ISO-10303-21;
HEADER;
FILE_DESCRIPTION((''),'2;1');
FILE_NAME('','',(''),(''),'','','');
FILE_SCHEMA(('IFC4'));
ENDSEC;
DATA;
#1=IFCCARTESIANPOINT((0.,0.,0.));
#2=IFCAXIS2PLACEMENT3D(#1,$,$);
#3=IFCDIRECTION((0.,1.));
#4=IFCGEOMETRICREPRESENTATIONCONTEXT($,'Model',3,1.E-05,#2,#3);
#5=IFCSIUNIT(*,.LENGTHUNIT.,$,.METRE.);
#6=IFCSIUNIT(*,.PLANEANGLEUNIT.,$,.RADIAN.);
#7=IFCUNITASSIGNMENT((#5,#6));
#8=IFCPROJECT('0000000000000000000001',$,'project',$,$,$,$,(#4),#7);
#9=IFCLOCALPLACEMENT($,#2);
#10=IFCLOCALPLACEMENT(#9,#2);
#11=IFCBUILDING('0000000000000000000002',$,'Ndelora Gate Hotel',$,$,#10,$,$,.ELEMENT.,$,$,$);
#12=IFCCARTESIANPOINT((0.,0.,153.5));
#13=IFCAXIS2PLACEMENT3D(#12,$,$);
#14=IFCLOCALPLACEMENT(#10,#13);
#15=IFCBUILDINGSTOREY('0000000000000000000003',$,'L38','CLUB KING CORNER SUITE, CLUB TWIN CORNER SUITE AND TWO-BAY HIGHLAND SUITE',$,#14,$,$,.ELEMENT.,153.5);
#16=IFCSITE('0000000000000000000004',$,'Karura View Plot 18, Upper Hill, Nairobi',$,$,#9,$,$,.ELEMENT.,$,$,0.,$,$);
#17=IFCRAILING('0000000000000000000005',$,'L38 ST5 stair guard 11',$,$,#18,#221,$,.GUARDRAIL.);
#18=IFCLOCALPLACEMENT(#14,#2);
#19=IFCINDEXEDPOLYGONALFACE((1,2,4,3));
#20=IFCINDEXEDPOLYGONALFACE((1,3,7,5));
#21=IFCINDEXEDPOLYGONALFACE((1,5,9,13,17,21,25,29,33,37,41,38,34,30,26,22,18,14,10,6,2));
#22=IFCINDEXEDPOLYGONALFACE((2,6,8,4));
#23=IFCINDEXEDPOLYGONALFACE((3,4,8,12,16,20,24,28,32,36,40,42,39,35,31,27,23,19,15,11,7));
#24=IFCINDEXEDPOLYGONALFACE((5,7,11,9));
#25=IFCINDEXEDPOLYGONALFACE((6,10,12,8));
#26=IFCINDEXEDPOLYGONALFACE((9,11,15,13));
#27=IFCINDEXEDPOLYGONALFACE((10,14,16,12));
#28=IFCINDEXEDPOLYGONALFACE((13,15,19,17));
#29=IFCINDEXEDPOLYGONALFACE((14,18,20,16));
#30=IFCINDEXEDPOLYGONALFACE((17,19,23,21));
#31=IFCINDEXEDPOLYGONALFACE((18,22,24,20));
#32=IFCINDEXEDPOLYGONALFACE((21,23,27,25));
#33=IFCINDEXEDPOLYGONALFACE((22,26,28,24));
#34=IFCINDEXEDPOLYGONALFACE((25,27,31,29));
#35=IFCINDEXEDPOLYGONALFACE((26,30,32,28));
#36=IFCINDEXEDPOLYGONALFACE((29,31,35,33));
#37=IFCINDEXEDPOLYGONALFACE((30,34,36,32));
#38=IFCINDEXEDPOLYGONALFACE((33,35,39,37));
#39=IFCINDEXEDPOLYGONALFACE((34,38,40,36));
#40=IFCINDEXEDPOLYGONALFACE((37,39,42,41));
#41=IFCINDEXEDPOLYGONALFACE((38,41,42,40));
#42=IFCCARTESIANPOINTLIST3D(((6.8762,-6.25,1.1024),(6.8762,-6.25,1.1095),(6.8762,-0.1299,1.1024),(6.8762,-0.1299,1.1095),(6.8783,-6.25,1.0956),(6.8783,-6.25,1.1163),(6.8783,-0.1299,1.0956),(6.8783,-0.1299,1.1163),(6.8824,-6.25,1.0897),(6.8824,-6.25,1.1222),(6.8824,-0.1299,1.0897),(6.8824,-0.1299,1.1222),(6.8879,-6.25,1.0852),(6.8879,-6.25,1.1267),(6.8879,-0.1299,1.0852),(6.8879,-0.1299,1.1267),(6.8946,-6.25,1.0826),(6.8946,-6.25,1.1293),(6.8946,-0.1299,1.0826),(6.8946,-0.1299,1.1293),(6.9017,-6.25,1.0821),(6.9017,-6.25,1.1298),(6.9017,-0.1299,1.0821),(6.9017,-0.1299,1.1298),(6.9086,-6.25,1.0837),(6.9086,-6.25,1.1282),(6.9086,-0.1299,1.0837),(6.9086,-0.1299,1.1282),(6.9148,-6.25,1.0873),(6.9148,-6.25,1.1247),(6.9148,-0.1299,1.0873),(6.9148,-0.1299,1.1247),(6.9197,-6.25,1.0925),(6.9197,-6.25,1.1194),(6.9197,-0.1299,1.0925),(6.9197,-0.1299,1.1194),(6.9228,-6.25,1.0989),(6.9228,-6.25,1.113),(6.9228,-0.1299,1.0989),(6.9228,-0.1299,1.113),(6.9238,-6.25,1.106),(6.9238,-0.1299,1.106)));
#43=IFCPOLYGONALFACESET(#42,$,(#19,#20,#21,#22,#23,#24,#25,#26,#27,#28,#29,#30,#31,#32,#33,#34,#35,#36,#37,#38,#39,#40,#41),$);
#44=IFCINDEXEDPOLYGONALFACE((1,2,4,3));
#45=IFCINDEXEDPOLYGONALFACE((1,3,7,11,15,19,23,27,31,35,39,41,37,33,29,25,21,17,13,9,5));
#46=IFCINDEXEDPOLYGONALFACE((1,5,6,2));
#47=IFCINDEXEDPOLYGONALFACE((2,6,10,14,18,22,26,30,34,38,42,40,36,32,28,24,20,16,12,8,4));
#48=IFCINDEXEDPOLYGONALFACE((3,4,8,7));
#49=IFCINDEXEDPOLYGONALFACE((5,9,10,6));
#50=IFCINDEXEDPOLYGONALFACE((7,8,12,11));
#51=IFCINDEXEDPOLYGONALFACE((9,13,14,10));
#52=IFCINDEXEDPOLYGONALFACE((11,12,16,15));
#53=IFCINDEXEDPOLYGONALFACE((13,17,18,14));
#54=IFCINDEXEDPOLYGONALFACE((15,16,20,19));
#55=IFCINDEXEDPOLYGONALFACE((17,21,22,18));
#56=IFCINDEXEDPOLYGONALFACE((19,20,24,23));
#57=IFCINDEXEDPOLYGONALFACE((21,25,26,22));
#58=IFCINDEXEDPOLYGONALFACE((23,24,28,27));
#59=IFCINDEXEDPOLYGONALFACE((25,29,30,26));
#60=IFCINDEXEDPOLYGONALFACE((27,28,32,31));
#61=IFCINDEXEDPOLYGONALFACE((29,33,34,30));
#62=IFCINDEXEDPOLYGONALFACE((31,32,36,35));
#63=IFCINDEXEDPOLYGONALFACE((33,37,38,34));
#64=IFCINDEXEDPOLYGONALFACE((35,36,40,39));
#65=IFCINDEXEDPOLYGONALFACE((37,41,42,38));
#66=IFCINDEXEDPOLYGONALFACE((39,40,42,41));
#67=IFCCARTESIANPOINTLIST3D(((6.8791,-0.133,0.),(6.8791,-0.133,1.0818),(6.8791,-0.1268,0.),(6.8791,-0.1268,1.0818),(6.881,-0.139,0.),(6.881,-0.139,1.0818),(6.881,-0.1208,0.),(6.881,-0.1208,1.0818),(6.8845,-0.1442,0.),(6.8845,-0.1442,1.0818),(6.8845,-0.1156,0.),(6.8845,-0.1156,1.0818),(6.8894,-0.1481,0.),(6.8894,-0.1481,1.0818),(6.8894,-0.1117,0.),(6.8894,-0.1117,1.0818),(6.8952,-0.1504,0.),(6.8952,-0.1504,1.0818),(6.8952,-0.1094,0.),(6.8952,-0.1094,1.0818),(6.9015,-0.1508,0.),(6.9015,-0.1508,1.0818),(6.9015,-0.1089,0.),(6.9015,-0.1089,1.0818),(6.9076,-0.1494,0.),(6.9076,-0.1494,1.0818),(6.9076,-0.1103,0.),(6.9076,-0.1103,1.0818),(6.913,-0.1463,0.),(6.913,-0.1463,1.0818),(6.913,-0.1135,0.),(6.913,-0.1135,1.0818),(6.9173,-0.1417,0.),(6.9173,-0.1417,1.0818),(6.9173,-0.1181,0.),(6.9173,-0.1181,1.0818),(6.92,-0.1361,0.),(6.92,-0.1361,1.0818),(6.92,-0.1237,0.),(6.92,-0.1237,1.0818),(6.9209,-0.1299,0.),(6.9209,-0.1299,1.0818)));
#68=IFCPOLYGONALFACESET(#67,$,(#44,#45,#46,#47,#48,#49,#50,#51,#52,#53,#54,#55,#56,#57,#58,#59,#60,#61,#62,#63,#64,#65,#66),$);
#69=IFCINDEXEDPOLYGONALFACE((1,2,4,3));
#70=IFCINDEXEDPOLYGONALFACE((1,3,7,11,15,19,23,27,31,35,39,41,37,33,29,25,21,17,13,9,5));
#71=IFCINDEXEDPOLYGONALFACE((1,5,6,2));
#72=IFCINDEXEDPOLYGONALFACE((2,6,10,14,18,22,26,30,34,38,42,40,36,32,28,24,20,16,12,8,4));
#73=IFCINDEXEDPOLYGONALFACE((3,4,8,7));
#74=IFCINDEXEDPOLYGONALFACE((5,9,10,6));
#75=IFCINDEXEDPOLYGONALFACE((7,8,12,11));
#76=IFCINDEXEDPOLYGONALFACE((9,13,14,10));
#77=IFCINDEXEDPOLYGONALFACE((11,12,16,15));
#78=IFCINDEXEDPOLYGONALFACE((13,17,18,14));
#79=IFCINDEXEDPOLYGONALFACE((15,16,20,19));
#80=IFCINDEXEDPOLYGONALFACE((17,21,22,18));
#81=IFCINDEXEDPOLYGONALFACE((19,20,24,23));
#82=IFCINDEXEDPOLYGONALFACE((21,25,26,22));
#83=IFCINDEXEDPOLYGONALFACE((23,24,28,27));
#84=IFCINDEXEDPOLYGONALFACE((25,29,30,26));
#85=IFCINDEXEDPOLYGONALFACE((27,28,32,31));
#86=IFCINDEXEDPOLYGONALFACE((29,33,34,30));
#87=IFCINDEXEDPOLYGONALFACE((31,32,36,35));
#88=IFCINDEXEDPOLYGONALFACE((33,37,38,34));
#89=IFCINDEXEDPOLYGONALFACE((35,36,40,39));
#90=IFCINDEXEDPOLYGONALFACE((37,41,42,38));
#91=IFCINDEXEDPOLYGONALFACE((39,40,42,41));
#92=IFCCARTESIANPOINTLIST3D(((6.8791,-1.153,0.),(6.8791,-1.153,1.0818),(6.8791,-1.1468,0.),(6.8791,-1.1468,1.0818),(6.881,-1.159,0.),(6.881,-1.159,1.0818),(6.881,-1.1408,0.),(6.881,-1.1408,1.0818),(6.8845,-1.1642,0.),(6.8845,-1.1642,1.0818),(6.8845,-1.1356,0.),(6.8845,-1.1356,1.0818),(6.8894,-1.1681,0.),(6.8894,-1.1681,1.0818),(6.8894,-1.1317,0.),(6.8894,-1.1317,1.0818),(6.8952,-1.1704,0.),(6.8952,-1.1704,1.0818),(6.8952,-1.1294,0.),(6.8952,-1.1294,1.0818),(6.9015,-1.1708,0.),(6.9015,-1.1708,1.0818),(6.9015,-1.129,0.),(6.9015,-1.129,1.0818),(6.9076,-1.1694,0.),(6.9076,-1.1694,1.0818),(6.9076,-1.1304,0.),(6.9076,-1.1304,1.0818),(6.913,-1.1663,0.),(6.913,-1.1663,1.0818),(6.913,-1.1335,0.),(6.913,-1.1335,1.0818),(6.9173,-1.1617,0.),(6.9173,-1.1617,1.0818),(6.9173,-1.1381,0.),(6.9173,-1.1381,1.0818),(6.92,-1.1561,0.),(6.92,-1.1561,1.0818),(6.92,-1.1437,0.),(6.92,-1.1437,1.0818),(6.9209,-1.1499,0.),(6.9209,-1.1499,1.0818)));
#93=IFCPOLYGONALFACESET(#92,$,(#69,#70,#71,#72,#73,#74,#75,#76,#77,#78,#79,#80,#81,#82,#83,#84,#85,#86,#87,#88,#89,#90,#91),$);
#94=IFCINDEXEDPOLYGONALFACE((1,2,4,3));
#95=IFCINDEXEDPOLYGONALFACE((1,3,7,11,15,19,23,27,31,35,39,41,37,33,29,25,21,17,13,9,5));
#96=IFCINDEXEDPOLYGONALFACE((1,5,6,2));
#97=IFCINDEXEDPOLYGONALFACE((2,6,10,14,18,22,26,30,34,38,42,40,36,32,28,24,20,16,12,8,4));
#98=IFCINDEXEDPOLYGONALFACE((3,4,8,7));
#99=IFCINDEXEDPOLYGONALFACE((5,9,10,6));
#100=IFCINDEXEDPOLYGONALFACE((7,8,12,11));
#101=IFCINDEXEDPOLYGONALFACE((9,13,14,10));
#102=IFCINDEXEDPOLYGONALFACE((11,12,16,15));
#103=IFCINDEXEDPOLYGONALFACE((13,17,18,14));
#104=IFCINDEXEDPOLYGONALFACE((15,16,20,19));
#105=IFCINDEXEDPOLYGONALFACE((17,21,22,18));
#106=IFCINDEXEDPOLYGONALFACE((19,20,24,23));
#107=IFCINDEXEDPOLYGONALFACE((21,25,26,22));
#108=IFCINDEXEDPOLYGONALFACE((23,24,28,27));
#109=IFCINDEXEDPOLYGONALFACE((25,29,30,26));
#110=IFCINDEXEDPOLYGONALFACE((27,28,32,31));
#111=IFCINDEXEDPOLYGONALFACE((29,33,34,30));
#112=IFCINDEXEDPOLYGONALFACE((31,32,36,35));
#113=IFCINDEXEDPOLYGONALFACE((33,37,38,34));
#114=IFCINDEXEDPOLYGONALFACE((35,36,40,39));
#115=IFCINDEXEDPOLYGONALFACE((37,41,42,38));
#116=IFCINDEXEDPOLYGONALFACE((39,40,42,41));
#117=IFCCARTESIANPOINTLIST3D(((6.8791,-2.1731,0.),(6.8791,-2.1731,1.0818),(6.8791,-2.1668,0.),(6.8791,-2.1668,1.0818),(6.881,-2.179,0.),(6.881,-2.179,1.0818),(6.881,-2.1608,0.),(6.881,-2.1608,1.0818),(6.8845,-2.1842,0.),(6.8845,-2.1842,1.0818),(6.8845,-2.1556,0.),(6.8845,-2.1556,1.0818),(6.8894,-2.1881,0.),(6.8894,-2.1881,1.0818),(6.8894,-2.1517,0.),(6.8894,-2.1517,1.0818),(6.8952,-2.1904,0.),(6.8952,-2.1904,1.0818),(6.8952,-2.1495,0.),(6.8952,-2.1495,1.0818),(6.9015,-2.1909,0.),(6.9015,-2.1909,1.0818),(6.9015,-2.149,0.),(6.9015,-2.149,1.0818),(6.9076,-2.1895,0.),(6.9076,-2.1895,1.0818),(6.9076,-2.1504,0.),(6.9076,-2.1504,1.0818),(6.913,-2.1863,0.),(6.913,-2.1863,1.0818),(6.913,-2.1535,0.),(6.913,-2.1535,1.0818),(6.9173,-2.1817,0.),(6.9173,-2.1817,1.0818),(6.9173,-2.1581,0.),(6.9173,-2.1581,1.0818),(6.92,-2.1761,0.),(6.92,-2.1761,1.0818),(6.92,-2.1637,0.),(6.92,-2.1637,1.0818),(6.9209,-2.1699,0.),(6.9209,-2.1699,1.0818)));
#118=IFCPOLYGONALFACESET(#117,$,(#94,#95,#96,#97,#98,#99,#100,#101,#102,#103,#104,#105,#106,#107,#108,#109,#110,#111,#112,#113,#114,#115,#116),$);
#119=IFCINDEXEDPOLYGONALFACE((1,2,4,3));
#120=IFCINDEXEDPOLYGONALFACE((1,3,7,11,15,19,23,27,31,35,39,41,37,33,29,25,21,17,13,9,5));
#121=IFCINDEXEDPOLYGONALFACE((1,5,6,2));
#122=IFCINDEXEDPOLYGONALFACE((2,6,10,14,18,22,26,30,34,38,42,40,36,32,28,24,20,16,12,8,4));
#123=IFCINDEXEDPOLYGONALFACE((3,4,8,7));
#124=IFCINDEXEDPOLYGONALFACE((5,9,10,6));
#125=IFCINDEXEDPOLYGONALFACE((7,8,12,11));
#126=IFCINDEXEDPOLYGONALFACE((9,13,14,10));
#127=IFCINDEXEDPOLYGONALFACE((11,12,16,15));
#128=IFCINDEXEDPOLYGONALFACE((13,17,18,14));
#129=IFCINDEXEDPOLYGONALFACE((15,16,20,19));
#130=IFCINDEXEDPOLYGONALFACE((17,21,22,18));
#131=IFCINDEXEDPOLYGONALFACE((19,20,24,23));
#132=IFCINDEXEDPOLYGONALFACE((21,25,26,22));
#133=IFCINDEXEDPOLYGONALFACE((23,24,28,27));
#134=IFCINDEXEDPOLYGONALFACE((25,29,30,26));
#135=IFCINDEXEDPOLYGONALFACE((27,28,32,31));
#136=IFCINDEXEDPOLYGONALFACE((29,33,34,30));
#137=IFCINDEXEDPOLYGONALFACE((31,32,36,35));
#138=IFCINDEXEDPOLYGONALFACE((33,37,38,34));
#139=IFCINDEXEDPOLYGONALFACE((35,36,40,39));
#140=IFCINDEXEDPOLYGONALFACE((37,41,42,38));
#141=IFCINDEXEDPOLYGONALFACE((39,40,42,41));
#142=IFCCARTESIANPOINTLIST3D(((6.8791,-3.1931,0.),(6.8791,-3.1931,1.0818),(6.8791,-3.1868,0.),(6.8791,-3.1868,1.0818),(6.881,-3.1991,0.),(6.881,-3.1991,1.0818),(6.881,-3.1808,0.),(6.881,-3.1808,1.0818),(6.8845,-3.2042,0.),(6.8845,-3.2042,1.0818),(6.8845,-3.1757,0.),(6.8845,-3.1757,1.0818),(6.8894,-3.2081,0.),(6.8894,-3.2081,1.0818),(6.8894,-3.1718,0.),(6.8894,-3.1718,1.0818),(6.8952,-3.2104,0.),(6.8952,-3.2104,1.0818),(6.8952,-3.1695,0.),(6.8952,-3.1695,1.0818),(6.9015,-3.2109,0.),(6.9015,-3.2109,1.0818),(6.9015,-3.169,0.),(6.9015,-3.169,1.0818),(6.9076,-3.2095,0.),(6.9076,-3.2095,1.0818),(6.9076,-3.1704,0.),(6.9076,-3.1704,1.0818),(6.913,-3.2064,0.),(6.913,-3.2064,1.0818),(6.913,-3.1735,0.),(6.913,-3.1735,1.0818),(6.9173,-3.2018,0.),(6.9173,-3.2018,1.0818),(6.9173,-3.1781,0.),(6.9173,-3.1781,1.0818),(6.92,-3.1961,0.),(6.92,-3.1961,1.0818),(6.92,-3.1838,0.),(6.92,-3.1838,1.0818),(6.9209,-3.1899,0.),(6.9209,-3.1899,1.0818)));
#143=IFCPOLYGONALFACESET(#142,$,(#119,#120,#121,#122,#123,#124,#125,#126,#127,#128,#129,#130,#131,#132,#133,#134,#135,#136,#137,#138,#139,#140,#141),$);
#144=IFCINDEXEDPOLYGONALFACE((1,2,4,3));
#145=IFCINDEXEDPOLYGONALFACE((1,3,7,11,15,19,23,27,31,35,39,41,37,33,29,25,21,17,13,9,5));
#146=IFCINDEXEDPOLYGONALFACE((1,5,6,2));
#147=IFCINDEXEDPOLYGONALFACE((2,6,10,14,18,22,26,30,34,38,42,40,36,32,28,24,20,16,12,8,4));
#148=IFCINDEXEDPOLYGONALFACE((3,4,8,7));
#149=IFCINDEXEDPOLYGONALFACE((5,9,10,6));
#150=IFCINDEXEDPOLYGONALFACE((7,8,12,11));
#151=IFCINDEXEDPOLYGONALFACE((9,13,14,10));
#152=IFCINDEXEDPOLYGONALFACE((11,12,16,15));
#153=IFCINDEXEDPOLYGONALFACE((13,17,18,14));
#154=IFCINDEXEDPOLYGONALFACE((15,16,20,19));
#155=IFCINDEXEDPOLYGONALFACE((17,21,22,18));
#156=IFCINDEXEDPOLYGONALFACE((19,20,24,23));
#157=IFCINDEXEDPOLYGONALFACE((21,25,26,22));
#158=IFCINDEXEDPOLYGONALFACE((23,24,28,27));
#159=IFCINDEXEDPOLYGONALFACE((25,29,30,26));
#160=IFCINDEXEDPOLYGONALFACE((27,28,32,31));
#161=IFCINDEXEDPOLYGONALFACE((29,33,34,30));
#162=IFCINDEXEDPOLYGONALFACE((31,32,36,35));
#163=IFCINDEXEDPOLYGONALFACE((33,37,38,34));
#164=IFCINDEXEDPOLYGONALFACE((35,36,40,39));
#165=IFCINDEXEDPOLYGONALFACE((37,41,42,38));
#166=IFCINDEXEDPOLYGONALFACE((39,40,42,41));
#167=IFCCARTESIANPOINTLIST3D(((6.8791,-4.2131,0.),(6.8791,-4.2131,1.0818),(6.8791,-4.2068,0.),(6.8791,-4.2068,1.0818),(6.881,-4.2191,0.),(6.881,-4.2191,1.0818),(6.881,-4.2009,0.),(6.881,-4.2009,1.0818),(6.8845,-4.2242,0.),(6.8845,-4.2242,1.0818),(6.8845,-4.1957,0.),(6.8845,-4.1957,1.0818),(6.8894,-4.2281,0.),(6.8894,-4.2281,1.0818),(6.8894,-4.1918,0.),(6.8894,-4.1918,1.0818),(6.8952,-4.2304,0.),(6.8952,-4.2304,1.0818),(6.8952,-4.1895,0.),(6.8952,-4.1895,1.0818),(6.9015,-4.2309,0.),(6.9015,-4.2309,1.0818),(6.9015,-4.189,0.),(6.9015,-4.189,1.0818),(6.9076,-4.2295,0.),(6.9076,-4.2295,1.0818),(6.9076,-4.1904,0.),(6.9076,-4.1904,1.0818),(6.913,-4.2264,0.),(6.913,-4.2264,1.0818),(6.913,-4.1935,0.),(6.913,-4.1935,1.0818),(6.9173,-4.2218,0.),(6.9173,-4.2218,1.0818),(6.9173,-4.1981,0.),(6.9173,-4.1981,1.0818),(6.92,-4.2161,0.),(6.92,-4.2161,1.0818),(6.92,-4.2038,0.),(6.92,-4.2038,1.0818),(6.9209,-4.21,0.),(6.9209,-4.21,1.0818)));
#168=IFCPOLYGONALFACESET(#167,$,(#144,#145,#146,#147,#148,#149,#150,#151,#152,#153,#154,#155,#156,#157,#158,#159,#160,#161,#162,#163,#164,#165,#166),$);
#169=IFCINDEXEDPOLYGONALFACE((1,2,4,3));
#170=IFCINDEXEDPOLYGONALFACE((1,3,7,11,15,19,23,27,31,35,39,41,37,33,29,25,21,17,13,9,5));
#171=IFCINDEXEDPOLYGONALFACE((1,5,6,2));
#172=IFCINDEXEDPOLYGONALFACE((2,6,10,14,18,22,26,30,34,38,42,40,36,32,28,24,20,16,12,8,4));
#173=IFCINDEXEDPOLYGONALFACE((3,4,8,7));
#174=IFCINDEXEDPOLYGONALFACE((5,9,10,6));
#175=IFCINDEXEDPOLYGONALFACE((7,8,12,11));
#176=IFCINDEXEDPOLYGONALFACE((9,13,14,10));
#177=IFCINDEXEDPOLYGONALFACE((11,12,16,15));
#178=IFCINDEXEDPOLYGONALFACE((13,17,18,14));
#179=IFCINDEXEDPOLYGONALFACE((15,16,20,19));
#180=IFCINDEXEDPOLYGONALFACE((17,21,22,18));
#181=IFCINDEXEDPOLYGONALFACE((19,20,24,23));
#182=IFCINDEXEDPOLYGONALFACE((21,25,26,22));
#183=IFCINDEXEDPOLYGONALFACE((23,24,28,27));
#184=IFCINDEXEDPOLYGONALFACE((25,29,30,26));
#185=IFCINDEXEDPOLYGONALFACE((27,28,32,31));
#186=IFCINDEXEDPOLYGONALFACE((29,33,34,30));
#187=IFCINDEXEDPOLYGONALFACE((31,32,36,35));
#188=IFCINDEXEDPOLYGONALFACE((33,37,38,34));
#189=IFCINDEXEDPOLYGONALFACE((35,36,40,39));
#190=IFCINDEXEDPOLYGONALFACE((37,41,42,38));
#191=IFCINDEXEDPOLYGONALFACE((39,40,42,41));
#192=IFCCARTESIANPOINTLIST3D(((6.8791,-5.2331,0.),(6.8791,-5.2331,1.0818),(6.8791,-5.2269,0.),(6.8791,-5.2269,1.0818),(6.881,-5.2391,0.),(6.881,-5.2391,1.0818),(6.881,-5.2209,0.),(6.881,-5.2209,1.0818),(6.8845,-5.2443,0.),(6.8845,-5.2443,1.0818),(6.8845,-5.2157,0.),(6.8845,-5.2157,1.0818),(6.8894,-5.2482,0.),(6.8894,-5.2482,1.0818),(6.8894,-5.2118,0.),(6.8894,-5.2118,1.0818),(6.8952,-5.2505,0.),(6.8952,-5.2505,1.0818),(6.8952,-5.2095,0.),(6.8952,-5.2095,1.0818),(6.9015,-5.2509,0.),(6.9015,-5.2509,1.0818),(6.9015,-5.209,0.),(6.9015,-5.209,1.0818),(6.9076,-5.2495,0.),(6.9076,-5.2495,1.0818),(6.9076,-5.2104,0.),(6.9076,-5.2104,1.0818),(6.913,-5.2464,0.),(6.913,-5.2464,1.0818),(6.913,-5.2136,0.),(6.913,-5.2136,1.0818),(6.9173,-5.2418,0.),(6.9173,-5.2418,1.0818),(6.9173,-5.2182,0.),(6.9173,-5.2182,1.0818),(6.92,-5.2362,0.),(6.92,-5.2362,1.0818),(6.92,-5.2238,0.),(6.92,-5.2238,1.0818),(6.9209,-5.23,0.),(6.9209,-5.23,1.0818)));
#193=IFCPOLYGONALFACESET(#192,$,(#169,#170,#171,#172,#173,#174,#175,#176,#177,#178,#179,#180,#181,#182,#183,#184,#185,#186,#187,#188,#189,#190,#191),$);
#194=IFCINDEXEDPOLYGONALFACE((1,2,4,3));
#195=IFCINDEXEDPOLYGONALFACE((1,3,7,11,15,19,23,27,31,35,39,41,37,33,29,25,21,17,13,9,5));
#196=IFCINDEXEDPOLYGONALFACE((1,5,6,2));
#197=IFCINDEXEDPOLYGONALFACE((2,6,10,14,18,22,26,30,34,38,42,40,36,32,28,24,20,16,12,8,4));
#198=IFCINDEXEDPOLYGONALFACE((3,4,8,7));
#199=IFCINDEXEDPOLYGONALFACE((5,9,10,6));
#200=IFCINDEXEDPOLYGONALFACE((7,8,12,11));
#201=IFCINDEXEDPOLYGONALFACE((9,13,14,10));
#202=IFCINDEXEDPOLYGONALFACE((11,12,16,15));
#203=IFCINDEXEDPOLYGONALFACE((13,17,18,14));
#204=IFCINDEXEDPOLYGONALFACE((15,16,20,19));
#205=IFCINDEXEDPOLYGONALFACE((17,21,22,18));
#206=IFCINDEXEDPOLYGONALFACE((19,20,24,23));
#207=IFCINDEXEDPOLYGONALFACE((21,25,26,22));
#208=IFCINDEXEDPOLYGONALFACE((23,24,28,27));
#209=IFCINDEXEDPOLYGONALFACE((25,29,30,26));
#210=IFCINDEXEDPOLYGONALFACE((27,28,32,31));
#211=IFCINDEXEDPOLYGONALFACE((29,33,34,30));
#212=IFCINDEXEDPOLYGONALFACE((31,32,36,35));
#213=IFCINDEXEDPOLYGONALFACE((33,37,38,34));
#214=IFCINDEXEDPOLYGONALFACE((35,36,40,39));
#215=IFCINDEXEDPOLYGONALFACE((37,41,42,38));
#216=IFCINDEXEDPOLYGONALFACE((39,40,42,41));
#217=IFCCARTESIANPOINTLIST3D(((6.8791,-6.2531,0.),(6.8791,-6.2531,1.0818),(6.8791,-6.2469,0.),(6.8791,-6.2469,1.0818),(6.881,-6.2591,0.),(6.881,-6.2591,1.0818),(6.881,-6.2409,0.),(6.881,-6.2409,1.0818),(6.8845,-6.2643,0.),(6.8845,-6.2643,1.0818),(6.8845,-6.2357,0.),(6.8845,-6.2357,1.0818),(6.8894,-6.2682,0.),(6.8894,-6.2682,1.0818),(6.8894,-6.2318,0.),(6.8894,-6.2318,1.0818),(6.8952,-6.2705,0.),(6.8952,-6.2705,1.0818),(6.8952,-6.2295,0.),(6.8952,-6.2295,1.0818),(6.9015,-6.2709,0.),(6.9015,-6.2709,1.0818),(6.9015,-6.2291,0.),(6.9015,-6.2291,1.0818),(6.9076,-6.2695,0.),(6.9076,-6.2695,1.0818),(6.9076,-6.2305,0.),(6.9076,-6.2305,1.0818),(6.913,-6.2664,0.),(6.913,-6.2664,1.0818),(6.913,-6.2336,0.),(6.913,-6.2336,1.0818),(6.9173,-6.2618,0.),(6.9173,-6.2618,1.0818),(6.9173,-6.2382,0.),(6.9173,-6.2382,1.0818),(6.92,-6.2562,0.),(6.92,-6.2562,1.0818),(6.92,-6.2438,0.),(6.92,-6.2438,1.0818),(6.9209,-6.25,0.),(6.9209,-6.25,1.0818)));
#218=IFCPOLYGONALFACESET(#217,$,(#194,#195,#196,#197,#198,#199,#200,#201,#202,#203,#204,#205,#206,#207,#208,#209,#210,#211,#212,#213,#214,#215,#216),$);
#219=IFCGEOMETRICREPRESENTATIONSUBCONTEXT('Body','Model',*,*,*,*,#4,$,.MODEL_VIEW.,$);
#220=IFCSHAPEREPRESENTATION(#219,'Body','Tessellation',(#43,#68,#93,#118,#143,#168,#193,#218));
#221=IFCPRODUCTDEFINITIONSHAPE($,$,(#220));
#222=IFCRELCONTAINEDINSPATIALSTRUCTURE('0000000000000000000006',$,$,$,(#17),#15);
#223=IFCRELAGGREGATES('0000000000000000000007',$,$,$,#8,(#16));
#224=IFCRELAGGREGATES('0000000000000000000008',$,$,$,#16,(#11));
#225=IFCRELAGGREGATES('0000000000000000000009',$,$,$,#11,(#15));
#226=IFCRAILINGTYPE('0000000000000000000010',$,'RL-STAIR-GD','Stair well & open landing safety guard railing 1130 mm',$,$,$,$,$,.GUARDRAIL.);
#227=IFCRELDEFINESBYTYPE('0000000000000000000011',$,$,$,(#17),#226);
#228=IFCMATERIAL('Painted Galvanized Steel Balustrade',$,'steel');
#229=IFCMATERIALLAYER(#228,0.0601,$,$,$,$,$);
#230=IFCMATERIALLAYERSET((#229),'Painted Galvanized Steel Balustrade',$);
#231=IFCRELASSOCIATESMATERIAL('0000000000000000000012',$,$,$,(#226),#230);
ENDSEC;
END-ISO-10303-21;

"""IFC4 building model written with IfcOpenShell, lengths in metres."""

from ifc_helpers import new_model, si_unit, direction, frame, origin, origin_2d, place, context, subcontext, project, spatial, circle, extrude, material, layer, layer_set, type_object, element, save


model = new_model("IFC4")

# Units and contexts
model_context = context("Model", 3, precision=1e-05, world=origin(), true_north=direction((0.0, 1.0)))
body_context = subcontext(model_context, "Body", "Model", "MODEL_VIEW")
ifc_project = project(units=[si_unit("LENGTHUNIT", "METRE"), si_unit("PLANEANGLEUNIT", "RADIAN")], contexts=[model_context])

# Site, building, storey
site_placement = place(None, origin())
site = spatial("IfcSite", under=ifc_project, at=site_placement, Name="Karura View Plot 18, Upper Hill, Nairobi", CompositionType="ELEMENT", RefElevation=0.0)
building_placement = place(site_placement, origin())
building = spatial("IfcBuilding", under=site, at=building_placement, Name="Ndelora Gate Hotel", CompositionType="ELEMENT")
storey_placement = place(building_placement, frame((0.0, 0.0, 153.5)))
storey = spatial("IfcBuildingStorey", under=building, at=storey_placement, Name="L38", Description="CLUB KING CORNER SUITE, CLUB TWIN CORNER SUITE AND TWO-BAY HIGHLAND SUITE", CompositionType="ELEMENT", Elevation=153.5)

# Railing
ifc_material_1 = material(Name="Painted Galvanized Steel Balustrade", Category="steel")
ifc_layer_1 = layer(ifc_material_1, 0.0601)
ifc_layer_set_1 = layer_set([ifc_layer_1], Name="Painted Galvanized Steel Balustrade")
railing_type_1 = type_object("IfcRailingType", Name="RL-STAIR-GD", Description="Stair well & open landing safety guard railing 1130 mm", PredefinedType="GUARDRAIL", material=ifc_layer_set_1)
railing_1_placement = place(storey_placement, frame((6.8999, -0.1299, 0.0)))
element("IfcRailing", 1, at=railing_1_placement, inside=storey, type_object=railing_type_1, Name="L38 ST5 stair guard 11", PredefinedType="GUARDRAIL", context=body_context, shape_type="SweptSolid", body=[
    extrude(circle(Radius=0.0239, at=origin_2d()), frame((0.0, 0.0, 1.106), z_axis=(0.0, -1.0, 0.0), x_axis=(1.0, 0.0, 0.0)), (0.0, 0.0, 1.0), 6.1201),
    extrude(circle(Radius=0.021, at=origin_2d()), origin(), (0.0, 0.0, 1.0), 1.0818),
    extrude(circle(Radius=0.021, at=origin_2d()), frame((0.0, -1.02, 0.0)), (0.0, 0.0, 1.0), 1.0818),
    extrude(circle(Radius=0.021, at=origin_2d()), frame((0.0, -2.04, 0.0)), (0.0, 0.0, 1.0), 1.0818),
    extrude(circle(Radius=0.021, at=origin_2d()), frame((0.0, -3.0601, 0.0)), (0.0, 0.0, 1.0), 1.0818),
    extrude(circle(Radius=0.021, at=origin_2d()), frame((0.0, -4.0801, 0.0)), (0.0, 0.0, 1.0), 1.0818),
    extrude(circle(Radius=0.021, at=origin_2d()), frame((0.0, -5.1001, 0.0)), (0.0, 0.0, 1.0), 1.0818),
    extrude(circle(Radius=0.021, at=origin_2d()), frame((0.0, -6.1201, 0.0)), (0.0, 0.0, 1.0), 1.0818),
])

save(model, "model.ifc")
